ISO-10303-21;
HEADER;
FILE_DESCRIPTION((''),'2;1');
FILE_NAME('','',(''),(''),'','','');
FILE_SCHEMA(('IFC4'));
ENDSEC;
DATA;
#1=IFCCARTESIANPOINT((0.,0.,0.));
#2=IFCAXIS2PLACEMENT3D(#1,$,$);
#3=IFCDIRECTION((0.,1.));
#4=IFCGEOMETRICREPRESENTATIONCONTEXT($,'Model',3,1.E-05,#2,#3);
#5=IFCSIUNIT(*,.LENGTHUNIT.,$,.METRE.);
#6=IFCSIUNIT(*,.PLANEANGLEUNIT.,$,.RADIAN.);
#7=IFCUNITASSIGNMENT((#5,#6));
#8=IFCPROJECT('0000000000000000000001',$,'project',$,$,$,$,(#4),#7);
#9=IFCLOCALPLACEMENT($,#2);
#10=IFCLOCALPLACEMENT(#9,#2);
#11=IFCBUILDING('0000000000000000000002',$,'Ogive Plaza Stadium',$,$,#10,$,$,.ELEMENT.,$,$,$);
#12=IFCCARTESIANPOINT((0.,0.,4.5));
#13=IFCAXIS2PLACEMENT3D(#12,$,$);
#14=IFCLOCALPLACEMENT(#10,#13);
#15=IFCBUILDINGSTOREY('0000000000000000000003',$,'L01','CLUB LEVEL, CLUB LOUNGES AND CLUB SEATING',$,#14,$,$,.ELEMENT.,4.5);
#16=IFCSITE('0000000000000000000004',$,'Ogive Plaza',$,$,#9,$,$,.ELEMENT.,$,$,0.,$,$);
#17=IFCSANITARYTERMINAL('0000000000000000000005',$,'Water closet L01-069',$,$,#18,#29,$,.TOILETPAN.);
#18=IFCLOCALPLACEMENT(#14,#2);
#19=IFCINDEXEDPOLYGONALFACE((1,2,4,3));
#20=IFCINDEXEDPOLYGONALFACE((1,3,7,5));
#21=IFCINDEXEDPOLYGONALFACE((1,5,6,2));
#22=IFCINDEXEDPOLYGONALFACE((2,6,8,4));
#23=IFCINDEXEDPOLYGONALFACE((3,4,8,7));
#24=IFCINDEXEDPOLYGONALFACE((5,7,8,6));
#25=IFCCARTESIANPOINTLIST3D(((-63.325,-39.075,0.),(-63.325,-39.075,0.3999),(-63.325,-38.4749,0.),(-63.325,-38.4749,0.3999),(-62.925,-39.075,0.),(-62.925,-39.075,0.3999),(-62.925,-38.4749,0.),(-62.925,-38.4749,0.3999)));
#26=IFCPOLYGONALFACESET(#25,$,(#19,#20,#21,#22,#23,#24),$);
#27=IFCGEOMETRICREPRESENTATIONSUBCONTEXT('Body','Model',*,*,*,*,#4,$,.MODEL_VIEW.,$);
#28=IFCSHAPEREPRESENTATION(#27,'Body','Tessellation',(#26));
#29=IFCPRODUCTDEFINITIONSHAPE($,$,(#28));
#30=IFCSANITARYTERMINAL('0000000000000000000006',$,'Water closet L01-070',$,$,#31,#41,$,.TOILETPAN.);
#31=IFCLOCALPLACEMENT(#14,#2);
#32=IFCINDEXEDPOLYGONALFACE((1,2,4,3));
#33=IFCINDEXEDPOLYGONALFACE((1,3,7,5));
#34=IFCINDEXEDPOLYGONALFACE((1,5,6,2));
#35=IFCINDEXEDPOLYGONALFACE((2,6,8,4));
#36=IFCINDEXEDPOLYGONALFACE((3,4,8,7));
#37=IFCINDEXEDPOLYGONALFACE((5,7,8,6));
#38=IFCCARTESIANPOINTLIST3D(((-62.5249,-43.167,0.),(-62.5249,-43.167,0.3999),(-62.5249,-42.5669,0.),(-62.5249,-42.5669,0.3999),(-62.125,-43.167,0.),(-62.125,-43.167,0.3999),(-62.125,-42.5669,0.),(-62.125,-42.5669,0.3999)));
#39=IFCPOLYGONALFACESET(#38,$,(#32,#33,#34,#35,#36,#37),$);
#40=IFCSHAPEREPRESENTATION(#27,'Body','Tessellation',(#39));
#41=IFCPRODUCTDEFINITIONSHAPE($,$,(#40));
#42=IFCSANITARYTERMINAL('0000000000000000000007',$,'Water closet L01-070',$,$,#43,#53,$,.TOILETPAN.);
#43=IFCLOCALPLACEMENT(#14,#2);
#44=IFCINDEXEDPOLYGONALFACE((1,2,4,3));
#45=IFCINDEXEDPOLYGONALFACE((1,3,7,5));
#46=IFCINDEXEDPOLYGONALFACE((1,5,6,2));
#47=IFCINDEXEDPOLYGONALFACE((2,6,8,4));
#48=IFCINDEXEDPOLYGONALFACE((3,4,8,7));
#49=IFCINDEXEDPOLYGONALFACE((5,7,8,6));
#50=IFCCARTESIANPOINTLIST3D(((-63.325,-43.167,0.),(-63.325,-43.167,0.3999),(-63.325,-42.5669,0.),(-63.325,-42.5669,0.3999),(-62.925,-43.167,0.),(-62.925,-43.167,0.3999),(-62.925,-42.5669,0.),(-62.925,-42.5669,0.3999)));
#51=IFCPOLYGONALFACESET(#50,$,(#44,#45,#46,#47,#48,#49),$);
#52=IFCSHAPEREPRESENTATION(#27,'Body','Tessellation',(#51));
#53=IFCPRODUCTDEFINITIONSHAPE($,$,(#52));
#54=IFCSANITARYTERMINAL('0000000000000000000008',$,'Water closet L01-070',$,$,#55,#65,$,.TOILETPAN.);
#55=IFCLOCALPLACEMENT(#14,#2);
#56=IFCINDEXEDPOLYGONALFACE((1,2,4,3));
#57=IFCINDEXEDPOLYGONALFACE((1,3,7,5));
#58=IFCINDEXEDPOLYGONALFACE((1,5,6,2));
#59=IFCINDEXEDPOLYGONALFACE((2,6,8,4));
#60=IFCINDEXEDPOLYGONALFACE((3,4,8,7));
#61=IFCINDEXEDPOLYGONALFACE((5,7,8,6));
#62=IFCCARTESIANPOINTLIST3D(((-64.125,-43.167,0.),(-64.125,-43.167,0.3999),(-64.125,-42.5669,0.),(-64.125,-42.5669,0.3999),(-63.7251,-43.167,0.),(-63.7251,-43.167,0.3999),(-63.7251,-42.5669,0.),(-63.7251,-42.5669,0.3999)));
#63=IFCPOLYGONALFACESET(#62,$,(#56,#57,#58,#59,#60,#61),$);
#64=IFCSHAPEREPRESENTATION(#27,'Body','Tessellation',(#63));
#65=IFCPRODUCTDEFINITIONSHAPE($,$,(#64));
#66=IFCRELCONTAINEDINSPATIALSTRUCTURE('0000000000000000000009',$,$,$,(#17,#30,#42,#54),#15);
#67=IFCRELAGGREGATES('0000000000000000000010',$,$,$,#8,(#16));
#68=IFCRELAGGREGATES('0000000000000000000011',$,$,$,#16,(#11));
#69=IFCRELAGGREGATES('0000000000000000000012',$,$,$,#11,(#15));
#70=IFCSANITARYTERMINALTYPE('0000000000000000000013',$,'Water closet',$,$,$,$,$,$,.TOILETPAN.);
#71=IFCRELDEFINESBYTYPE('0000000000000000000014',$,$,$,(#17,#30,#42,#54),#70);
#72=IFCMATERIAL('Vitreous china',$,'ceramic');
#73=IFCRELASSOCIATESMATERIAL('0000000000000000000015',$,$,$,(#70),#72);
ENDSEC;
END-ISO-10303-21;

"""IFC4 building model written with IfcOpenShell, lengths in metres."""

from ifc_helpers import new_model, si_unit, direction, frame, origin, origin_2d, place, context, subcontext, project, spatial, rectangle, extrude, material, type_object, element, save


model = new_model("IFC4")

# Units and contexts
model_context = context("Model", 3, precision=1e-05, world=origin(), true_north=direction((0.0, 1.0)))
body_context = subcontext(model_context, "Body", "Model", "MODEL_VIEW")
ifc_project = project(units=[si_unit("LENGTHUNIT", "METRE"), si_unit("PLANEANGLEUNIT", "RADIAN")], contexts=[model_context])

# Site, building, storey
site_placement = place(None, origin())
site = spatial("IfcSite", under=ifc_project, at=site_placement, Name="Ogive Plaza", CompositionType="ELEMENT", RefElevation=0.0)
building_placement = place(site_placement, origin())
building = spatial("IfcBuilding", under=site, at=building_placement, Name="Ogive Plaza Stadium", CompositionType="ELEMENT")
storey_placement = place(building_placement, frame((0.0, 0.0, 4.5)))
storey = spatial("IfcBuildingStorey", under=building, at=storey_placement, Name="L01", Description="CLUB LEVEL, CLUB LOUNGES AND CLUB SEATING", CompositionType="ELEMENT", Elevation=4.5)

# Sanitary terminals
ifc_material_1 = material(Name="Vitreous china", Category="ceramic")
sanitary_terminal_type_1 = type_object("IfcSanitaryTerminalType", Name="Water closet", PredefinedType="TOILETPAN", material=ifc_material_1)
for number, where, z_axis, x_axis, name in (
    (1, (-63.125, -38.7749, 0.0), (0.0, 0.0, 1.0), (-1.0, 0.0, 0.0), "Water closet L01-069"),
    (2, (-62.325, -42.8669, 0.0), (0.0, 0.0, 1.0), (-1.0, 0.0, 0.0), "Water closet L01-070"),
    (3, (-63.125, -42.8669, 0.0), (0.0, 0.0, 1.0), (-1.0, 0.0, 0.0), "Water closet L01-070"),
    (4, (-63.925, -42.8669, 0.0), (0.0, 0.0, 1.0), (-1.0, 0.0, 0.0), "Water closet L01-070"),
):
    element("IfcSanitaryTerminal", number, at=place(storey_placement, frame(where, z_axis=z_axis, x_axis=x_axis)), inside=storey, type_object=sanitary_terminal_type_1, Name=name, PredefinedType="TOILETPAN", context=body_context, shape_type="SweptSolid", body=[
        extrude(rectangle(XDim=0.3999, YDim=0.6001, at=origin_2d()), origin(), (0.0, 0.0, 1.0), 0.3999),
    ])

save(model, "model.ifc")
